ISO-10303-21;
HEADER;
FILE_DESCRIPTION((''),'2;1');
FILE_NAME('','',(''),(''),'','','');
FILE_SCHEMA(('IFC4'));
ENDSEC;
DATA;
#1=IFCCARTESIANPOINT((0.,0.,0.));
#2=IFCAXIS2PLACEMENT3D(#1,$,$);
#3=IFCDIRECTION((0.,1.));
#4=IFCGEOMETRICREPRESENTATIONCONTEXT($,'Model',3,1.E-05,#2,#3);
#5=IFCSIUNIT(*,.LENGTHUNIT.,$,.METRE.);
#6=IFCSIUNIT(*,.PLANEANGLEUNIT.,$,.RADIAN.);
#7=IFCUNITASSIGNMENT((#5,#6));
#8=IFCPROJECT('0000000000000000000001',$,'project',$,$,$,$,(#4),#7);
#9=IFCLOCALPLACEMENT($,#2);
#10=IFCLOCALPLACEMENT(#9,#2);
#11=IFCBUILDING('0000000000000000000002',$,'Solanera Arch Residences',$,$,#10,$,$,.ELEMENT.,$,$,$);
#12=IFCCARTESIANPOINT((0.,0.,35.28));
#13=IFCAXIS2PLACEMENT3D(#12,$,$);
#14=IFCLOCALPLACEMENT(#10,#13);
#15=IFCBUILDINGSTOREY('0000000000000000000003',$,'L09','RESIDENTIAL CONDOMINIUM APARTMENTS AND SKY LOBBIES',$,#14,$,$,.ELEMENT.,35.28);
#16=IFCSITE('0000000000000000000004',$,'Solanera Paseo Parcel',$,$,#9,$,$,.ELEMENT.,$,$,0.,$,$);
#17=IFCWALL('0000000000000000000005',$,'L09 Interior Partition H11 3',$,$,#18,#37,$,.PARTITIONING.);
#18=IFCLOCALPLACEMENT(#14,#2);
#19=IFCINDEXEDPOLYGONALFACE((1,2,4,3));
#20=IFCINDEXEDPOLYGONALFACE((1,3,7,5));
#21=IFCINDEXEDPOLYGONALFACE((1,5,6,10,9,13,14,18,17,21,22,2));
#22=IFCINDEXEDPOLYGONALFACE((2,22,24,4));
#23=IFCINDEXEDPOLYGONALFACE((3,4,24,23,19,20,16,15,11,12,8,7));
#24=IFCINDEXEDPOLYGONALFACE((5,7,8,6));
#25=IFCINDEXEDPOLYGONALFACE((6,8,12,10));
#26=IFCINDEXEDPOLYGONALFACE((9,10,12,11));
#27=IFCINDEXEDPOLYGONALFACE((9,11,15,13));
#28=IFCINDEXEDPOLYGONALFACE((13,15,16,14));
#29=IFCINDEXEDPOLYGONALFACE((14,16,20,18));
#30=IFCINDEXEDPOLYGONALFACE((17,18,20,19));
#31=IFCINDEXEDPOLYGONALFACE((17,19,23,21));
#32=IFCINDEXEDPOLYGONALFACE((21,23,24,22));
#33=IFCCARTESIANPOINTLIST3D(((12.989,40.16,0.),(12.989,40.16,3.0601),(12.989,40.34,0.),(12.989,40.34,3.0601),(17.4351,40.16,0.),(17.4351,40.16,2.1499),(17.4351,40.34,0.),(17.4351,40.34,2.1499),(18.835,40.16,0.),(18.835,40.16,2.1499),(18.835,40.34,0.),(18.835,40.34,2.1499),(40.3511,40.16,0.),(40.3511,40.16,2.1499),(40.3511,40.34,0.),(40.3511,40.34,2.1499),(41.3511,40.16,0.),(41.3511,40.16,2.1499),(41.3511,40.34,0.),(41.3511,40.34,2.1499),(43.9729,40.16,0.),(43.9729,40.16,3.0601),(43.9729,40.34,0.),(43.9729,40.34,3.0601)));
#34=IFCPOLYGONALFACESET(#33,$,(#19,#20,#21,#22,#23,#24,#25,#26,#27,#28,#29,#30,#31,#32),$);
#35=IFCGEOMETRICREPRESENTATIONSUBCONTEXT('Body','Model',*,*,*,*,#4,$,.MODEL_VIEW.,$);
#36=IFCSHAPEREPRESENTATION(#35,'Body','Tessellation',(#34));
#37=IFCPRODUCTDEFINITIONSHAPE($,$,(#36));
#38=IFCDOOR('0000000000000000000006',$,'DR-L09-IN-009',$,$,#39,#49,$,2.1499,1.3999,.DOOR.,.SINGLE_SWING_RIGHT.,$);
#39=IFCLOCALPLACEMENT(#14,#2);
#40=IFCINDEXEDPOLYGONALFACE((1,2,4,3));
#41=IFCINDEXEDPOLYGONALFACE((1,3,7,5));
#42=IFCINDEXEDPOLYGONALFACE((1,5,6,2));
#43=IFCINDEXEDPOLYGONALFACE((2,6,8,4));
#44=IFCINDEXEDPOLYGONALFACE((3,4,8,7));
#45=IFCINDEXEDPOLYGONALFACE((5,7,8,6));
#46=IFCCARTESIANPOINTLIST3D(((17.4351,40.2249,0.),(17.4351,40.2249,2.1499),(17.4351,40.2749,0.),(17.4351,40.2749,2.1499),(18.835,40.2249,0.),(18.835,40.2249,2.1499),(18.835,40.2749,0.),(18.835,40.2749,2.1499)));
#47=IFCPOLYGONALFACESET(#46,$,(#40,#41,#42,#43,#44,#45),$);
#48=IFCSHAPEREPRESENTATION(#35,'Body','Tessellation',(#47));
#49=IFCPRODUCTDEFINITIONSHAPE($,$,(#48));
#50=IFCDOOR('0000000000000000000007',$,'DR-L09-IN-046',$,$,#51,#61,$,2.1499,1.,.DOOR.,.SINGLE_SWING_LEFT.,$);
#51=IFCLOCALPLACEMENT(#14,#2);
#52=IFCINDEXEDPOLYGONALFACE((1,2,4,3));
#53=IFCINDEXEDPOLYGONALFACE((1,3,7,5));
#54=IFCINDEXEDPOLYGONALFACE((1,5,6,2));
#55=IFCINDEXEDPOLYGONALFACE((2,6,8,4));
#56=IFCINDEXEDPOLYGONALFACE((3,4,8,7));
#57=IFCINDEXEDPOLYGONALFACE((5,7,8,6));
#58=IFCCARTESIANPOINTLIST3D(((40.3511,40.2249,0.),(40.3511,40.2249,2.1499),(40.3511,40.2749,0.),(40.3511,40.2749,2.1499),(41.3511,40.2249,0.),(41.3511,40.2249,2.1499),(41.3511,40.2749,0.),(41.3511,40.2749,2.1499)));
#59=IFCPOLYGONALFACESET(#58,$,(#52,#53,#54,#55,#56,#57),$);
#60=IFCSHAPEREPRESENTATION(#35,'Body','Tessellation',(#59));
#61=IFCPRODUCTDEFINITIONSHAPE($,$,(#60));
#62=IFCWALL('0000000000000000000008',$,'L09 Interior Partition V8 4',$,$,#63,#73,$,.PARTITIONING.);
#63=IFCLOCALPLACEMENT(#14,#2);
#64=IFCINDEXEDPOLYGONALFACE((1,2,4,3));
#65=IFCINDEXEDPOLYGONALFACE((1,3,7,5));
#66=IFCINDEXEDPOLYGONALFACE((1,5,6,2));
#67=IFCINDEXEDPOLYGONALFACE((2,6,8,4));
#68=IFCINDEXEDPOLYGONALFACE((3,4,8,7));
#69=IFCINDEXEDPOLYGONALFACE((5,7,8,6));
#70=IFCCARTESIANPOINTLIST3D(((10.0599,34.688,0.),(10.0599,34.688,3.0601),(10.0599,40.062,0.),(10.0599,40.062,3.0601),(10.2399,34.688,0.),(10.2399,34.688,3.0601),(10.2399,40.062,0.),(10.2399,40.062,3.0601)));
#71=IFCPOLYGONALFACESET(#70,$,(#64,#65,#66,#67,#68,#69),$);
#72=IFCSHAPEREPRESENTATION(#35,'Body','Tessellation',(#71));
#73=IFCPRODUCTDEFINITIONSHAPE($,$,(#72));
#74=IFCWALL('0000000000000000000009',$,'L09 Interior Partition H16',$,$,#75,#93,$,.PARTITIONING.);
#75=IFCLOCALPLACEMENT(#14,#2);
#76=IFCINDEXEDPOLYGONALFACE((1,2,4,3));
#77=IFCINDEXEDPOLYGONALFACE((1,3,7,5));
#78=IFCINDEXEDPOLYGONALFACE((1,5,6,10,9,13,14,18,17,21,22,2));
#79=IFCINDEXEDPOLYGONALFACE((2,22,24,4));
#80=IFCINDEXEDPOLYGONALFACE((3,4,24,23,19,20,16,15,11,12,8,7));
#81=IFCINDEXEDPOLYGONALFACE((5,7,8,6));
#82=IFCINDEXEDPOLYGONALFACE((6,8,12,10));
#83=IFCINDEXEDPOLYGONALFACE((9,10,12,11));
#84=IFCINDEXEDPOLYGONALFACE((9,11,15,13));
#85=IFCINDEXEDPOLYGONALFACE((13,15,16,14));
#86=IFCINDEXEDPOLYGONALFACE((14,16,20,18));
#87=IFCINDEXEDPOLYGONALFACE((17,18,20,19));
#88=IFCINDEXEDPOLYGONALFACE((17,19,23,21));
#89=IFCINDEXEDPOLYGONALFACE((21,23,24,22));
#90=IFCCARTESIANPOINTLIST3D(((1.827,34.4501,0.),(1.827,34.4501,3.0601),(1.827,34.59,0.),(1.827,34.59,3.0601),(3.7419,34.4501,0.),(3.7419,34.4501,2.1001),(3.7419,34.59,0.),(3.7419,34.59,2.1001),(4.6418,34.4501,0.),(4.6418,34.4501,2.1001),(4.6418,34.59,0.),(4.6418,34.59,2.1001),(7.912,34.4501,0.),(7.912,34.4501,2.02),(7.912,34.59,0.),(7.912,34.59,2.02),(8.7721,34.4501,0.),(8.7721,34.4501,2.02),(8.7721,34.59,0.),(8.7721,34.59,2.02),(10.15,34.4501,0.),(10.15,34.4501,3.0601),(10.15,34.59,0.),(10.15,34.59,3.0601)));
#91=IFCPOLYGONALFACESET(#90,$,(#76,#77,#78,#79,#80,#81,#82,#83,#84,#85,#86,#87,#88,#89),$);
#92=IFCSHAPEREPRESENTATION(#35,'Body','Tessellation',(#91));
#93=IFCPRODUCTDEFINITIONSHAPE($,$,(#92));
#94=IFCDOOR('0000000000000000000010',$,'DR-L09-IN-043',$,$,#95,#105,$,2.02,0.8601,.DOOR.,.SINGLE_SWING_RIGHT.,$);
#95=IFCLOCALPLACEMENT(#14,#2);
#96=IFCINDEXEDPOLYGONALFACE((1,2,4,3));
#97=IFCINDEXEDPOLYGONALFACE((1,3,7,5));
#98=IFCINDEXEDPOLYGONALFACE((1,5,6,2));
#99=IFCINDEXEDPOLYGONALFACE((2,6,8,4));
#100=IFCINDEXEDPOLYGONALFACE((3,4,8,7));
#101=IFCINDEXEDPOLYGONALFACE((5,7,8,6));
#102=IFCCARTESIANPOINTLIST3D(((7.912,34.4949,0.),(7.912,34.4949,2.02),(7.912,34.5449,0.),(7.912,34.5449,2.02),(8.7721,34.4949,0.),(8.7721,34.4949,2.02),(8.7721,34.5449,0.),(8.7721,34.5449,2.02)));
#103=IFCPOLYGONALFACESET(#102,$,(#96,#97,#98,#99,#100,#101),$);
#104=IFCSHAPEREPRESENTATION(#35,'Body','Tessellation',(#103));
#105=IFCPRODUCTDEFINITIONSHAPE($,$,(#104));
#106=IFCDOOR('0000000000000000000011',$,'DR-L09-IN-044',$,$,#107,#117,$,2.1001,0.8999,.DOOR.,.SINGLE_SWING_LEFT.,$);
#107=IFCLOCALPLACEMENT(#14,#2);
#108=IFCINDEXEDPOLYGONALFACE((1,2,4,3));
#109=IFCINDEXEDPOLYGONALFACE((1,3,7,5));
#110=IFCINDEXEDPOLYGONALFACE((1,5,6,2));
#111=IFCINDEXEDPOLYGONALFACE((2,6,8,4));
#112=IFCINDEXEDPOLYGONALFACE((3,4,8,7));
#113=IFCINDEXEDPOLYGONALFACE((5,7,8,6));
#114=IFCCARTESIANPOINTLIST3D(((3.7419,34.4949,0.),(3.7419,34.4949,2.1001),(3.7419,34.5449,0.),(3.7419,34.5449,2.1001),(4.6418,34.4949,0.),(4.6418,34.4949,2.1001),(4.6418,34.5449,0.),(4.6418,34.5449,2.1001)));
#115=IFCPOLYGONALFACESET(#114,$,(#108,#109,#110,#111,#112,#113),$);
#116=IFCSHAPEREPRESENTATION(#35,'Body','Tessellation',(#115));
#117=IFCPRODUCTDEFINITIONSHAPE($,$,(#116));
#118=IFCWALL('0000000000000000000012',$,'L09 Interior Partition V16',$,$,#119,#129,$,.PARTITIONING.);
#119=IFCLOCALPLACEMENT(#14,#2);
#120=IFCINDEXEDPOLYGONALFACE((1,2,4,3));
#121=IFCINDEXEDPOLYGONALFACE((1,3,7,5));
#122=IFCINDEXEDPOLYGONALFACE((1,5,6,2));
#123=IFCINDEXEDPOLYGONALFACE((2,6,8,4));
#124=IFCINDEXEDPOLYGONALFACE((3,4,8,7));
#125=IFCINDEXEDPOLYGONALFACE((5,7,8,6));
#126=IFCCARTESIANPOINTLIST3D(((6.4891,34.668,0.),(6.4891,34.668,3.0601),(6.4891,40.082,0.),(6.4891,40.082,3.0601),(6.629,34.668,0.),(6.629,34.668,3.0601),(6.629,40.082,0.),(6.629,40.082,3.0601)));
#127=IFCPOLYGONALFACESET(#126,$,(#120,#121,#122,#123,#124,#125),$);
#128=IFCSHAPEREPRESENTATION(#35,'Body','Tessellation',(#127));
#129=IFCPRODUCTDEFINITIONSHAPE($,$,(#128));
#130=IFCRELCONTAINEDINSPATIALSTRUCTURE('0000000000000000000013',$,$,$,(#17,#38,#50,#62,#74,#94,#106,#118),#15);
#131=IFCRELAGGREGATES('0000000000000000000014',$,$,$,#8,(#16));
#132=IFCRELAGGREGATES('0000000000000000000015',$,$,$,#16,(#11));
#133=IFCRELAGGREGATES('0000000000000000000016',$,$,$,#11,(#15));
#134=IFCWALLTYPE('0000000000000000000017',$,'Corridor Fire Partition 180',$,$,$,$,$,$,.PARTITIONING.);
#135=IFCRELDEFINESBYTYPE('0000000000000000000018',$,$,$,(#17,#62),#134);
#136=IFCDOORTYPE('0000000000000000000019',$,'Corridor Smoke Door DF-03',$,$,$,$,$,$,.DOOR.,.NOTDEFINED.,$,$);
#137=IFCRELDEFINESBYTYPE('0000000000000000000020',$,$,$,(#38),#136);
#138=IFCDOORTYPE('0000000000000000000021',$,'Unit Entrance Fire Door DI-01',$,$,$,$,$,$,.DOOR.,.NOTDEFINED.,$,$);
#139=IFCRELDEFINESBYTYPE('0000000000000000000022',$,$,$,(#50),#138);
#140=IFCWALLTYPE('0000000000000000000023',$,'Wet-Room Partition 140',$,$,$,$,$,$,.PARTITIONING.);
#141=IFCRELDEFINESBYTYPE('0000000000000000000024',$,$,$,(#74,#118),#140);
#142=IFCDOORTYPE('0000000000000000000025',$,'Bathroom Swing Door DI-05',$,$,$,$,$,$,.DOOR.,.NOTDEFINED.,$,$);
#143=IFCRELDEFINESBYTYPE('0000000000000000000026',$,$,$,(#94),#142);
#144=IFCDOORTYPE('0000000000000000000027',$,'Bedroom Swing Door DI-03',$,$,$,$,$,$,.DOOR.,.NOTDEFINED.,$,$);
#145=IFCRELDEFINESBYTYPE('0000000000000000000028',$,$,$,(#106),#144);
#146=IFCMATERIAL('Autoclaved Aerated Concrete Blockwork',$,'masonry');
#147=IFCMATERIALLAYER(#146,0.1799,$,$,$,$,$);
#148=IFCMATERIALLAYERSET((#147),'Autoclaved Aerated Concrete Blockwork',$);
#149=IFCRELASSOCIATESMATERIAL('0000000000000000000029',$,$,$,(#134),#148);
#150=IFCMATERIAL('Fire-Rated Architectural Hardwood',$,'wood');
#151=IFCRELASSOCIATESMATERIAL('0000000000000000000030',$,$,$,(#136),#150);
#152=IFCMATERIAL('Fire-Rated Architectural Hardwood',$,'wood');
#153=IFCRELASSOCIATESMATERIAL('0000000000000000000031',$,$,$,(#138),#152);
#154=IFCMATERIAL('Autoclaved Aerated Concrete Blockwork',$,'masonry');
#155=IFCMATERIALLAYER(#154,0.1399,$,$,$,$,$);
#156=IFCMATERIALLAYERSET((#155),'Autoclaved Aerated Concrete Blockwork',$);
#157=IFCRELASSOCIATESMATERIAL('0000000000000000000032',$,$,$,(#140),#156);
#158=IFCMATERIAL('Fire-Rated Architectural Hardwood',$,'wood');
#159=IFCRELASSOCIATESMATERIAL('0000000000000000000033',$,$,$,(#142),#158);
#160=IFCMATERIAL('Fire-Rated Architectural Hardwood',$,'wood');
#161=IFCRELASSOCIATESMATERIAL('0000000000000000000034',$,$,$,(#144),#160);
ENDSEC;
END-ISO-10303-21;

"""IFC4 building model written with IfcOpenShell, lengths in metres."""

from ifc_helpers import new_model, si_unit, direction, frame, frame_2d, origin, place, context, subcontext, project, spatial, rectangle, extrude, material, layer, layer_set, type_object, element, fill, save


model = new_model("IFC4")

# Units and contexts
model_context = context("Model", 3, precision=1e-05, world=origin(), true_north=direction((0.0, 1.0)))
body_context = subcontext(model_context, "Body", "Model", "MODEL_VIEW")
ifc_project = project(units=[si_unit("LENGTHUNIT", "METRE"), si_unit("PLANEANGLEUNIT", "RADIAN")], contexts=[model_context])

# Site, building, storey
site_placement = place(None, origin())
site = spatial("IfcSite", under=ifc_project, at=site_placement, Name="Solanera Paseo Parcel", CompositionType="ELEMENT", RefElevation=0.0)
building_placement = place(site_placement, origin())
building = spatial("IfcBuilding", under=site, at=building_placement, Name="Solanera Arch Residences", CompositionType="ELEMENT")
storey_placement = place(building_placement, frame((0.0, 0.0, 35.28)))
storey = spatial("IfcBuildingStorey", under=building, at=storey_placement, Name="L09", Description="RESIDENTIAL CONDOMINIUM APARTMENTS AND SKY LOBBIES", CompositionType="ELEMENT", Elevation=35.28)

# Shared definitions
ifc_material_1 = material(Name="Autoclaved Aerated Concrete Blockwork", Category="masonry")
ifc_layer_1 = layer(ifc_material_1, 0.1799)
ifc_layer_set_1 = layer_set([ifc_layer_1], Name="Autoclaved Aerated Concrete Blockwork")
wall_type_1 = type_object("IfcWallType", Name="Corridor Fire Partition 180", PredefinedType="PARTITIONING", material=ifc_layer_set_1)

# Shared definitions
ifc_material_2 = material(Name="Fire-Rated Architectural Hardwood", Category="wood")
door_type_1 = type_object("IfcDoorType", Name="Corridor Smoke Door DF-03", OperationType="NOTDEFINED", PredefinedType="DOOR", material=ifc_material_2)

# Wall, openings, doors
wall_1_placement = place(storey_placement, frame((12.989, 40.25, 0.0), z_axis=(0.0, 0.0, 1.0), x_axis=(1.0, 0.0, 0.0)))
wall_1 = element("IfcWall", 1, at=wall_1_placement, inside=storey, type_object=wall_type_1, Name="L09 Interior Partition H11 3", PredefinedType="PARTITIONING", context=body_context, shape_type="SweptSolid", body=[
    extrude(rectangle(XDim=30.9839, YDim=0.1799, at=frame_2d((15.4919, 0.0))), origin(), (0.0, 0.0, 1.0), 3.0601),
])
opening_1_placement = place(wall_1_placement, frame((4.446, 0.0, 0.0)))
opening_1 = element("IfcOpeningElement", 2, at=opening_1_placement, cuts=wall_1, PredefinedType="OPENING", context=body_context, shape_type="SweptSolid", body=[
    extrude(rectangle(XDim=1.3999, YDim=2.1499, at=frame_2d((0.7, 1.075))), frame((0.0, 0.1001, 0.0), z_axis=(0.0, -1.0, 0.0), x_axis=(1.0, 0.0, 0.0)), (0.0, 0.0, 1.0), 0.1999),
])
opening_2_placement = place(wall_1_placement, frame((27.3621, 0.0, 0.0)))
opening_2 = element("IfcOpeningElement", 3, at=opening_2_placement, cuts=wall_1, PredefinedType="OPENING", context=body_context, shape_type="SweptSolid", body=[
    extrude(rectangle(XDim=1.0, YDim=2.1499, at=frame_2d((0.5, 1.075))), frame((0.0, 0.1001, 0.0), z_axis=(0.0, -1.0, 0.0), x_axis=(1.0, 0.0, 0.0)), (0.0, 0.0, 1.0), 0.1999),
])
door_1_placement = place(opening_1_placement, origin())
door_1 = element("IfcDoor", 4, at=door_1_placement, inside=storey, type_object=door_type_1, Name="DR-L09-IN-009", OperationType="SINGLE_SWING_RIGHT", OverallHeight=2.1499, OverallWidth=1.3999, PredefinedType="DOOR", context=body_context, shape_type="SweptSolid", body=[
    extrude(rectangle(XDim=1.3999, YDim=2.1499, at=frame_2d((0.7, 1.075))), frame((0.0, 0.0249, 0.0), z_axis=(0.0, -1.0, 0.0), x_axis=(1.0, 0.0, 0.0)), (0.0, 0.0, 1.0), 0.05),
])
fill(opening_1, door_1)
ifc_material_3 = material(Name="Fire-Rated Architectural Hardwood", Category="wood")
door_type_2 = type_object("IfcDoorType", Name="Unit Entrance Fire Door DI-01", OperationType="NOTDEFINED", PredefinedType="DOOR", material=ifc_material_3)
door_2_placement = place(opening_2_placement, origin())
door_2 = element("IfcDoor", 5, at=door_2_placement, inside=storey, type_object=door_type_2, Name="DR-L09-IN-046", OperationType="SINGLE_SWING_LEFT", OverallHeight=2.1499, OverallWidth=1.0, PredefinedType="DOOR", context=body_context, shape_type="SweptSolid", body=[
    extrude(rectangle(XDim=1.0, YDim=2.1499, at=frame_2d((0.5, 1.075))), frame((0.0, 0.0249, 0.0), z_axis=(0.0, -1.0, 0.0), x_axis=(1.0, 0.0, 0.0)), (0.0, 0.0, 1.0), 0.05),
])
fill(opening_2, door_2)

# Wall
wall_2_placement = place(storey_placement, frame((10.1499, 34.688, 0.0), z_axis=(0.0, 0.0, 1.0), x_axis=(0.0, 1.0, 0.0)))
element("IfcWall", 6, at=wall_2_placement, inside=storey, type_object=wall_type_1, Name="L09 Interior Partition V8 4", PredefinedType="PARTITIONING", context=body_context, shape_type="SweptSolid", body=[
    extrude(rectangle(XDim=5.374, YDim=0.1799, at=frame_2d((2.687, 0.0))), origin(), (0.0, 0.0, 1.0), 3.0601),
])

# Wall, openings, doors
ifc_material_4 = material(Name="Autoclaved Aerated Concrete Blockwork", Category="masonry")
ifc_layer_2 = layer(ifc_material_4, 0.1399)
ifc_layer_set_2 = layer_set([ifc_layer_2], Name="Autoclaved Aerated Concrete Blockwork")
wall_type_2 = type_object("IfcWallType", Name="Wet-Room Partition 140", PredefinedType="PARTITIONING", material=ifc_layer_set_2)
wall_3_placement = place(storey_placement, frame((1.8269, 34.52, 0.0), z_axis=(0.0, 0.0, 1.0), x_axis=(1.0, 0.0, 0.0)))
wall_3 = element("IfcWall", 7, at=wall_3_placement, inside=storey, type_object=wall_type_2, Name="L09 Interior Partition H16", PredefinedType="PARTITIONING", context=body_context, shape_type="SweptSolid", body=[
    extrude(rectangle(XDim=8.323, YDim=0.1399, at=frame_2d((4.1616, 0.0))), origin(), (0.0, 0.0, 1.0), 3.0601),
])
opening_3_placement = place(wall_3_placement, frame((6.085, 0.0, 0.0)))
opening_3 = element("IfcOpeningElement", 8, at=opening_3_placement, cuts=wall_3, PredefinedType="OPENING", context=body_context, shape_type="SweptSolid", body=[
    extrude(rectangle(XDim=0.8601, YDim=2.02, at=frame_2d((0.4302, 1.01))), frame((0.0, 0.0798, 0.0), z_axis=(0.0, -1.0, 0.0), x_axis=(1.0, 0.0, 0.0)), (0.0, 0.0, 1.0), 0.1599),
])
opening_4_placement = place(wall_3_placement, frame((1.915, 0.0, 0.0)))
opening_4 = element("IfcOpeningElement", 9, at=opening_4_placement, cuts=wall_3, PredefinedType="OPENING", context=body_context, shape_type="SweptSolid", body=[
    extrude(rectangle(XDim=0.8999, YDim=2.1001, at=frame_2d((0.45, 1.05))), frame((0.0, 0.0798, 0.0), z_axis=(0.0, -1.0, 0.0), x_axis=(1.0, 0.0, 0.0)), (0.0, 0.0, 1.0), 0.1599),
])
ifc_material_5 = material(Name="Fire-Rated Architectural Hardwood", Category="wood")
door_type_3 = type_object("IfcDoorType", Name="Bathroom Swing Door DI-05", OperationType="NOTDEFINED", PredefinedType="DOOR", material=ifc_material_5)
door_3_placement = place(opening_3_placement, origin())
door_3 = element("IfcDoor", 10, at=door_3_placement, inside=storey, type_object=door_type_3, Name="DR-L09-IN-043", OperationType="SINGLE_SWING_RIGHT", OverallHeight=2.02, OverallWidth=0.8601, PredefinedType="DOOR", context=body_context, shape_type="SweptSolid", body=[
    extrude(rectangle(XDim=0.8601, YDim=2.02, at=frame_2d((0.4302, 1.01))), frame((0.0, 0.0249, 0.0), z_axis=(0.0, -1.0, 0.0), x_axis=(1.0, 0.0, 0.0)), (0.0, 0.0, 1.0), 0.05),
])
fill(opening_3, door_3)
ifc_material_6 = material(Name="Fire-Rated Architectural Hardwood", Category="wood")
door_type_4 = type_object("IfcDoorType", Name="Bedroom Swing Door DI-03", OperationType="NOTDEFINED", PredefinedType="DOOR", material=ifc_material_6)
door_4_placement = place(opening_4_placement, origin())
door_4 = element("IfcDoor", 11, at=door_4_placement, inside=storey, type_object=door_type_4, Name="DR-L09-IN-044", OperationType="SINGLE_SWING_LEFT", OverallHeight=2.1001, OverallWidth=0.8999, PredefinedType="DOOR", context=body_context, shape_type="SweptSolid", body=[
    extrude(rectangle(XDim=0.8999, YDim=2.1001, at=frame_2d((0.45, 1.05))), frame((0.0, 0.0249, 0.0), z_axis=(0.0, -1.0, 0.0), x_axis=(1.0, 0.0, 0.0)), (0.0, 0.0, 1.0), 0.05),
])
fill(opening_4, door_4)

# Wall
wall_4_placement = place(storey_placement, frame((6.5591, 34.668, 0.0), z_axis=(0.0, 0.0, 1.0), x_axis=(0.0, 1.0, 0.0)))
element("IfcWall", 12, at=wall_4_placement, inside=storey, type_object=wall_type_2, Name="L09 Interior Partition V16", PredefinedType="PARTITIONING", context=body_context, shape_type="SweptSolid", body=[
    extrude(rectangle(XDim=5.4141, YDim=0.1399, at=frame_2d((2.707, 0.0))), origin(), (0.0, 0.0, 1.0), 3.0601),
])

save(model, "model.ifc")
